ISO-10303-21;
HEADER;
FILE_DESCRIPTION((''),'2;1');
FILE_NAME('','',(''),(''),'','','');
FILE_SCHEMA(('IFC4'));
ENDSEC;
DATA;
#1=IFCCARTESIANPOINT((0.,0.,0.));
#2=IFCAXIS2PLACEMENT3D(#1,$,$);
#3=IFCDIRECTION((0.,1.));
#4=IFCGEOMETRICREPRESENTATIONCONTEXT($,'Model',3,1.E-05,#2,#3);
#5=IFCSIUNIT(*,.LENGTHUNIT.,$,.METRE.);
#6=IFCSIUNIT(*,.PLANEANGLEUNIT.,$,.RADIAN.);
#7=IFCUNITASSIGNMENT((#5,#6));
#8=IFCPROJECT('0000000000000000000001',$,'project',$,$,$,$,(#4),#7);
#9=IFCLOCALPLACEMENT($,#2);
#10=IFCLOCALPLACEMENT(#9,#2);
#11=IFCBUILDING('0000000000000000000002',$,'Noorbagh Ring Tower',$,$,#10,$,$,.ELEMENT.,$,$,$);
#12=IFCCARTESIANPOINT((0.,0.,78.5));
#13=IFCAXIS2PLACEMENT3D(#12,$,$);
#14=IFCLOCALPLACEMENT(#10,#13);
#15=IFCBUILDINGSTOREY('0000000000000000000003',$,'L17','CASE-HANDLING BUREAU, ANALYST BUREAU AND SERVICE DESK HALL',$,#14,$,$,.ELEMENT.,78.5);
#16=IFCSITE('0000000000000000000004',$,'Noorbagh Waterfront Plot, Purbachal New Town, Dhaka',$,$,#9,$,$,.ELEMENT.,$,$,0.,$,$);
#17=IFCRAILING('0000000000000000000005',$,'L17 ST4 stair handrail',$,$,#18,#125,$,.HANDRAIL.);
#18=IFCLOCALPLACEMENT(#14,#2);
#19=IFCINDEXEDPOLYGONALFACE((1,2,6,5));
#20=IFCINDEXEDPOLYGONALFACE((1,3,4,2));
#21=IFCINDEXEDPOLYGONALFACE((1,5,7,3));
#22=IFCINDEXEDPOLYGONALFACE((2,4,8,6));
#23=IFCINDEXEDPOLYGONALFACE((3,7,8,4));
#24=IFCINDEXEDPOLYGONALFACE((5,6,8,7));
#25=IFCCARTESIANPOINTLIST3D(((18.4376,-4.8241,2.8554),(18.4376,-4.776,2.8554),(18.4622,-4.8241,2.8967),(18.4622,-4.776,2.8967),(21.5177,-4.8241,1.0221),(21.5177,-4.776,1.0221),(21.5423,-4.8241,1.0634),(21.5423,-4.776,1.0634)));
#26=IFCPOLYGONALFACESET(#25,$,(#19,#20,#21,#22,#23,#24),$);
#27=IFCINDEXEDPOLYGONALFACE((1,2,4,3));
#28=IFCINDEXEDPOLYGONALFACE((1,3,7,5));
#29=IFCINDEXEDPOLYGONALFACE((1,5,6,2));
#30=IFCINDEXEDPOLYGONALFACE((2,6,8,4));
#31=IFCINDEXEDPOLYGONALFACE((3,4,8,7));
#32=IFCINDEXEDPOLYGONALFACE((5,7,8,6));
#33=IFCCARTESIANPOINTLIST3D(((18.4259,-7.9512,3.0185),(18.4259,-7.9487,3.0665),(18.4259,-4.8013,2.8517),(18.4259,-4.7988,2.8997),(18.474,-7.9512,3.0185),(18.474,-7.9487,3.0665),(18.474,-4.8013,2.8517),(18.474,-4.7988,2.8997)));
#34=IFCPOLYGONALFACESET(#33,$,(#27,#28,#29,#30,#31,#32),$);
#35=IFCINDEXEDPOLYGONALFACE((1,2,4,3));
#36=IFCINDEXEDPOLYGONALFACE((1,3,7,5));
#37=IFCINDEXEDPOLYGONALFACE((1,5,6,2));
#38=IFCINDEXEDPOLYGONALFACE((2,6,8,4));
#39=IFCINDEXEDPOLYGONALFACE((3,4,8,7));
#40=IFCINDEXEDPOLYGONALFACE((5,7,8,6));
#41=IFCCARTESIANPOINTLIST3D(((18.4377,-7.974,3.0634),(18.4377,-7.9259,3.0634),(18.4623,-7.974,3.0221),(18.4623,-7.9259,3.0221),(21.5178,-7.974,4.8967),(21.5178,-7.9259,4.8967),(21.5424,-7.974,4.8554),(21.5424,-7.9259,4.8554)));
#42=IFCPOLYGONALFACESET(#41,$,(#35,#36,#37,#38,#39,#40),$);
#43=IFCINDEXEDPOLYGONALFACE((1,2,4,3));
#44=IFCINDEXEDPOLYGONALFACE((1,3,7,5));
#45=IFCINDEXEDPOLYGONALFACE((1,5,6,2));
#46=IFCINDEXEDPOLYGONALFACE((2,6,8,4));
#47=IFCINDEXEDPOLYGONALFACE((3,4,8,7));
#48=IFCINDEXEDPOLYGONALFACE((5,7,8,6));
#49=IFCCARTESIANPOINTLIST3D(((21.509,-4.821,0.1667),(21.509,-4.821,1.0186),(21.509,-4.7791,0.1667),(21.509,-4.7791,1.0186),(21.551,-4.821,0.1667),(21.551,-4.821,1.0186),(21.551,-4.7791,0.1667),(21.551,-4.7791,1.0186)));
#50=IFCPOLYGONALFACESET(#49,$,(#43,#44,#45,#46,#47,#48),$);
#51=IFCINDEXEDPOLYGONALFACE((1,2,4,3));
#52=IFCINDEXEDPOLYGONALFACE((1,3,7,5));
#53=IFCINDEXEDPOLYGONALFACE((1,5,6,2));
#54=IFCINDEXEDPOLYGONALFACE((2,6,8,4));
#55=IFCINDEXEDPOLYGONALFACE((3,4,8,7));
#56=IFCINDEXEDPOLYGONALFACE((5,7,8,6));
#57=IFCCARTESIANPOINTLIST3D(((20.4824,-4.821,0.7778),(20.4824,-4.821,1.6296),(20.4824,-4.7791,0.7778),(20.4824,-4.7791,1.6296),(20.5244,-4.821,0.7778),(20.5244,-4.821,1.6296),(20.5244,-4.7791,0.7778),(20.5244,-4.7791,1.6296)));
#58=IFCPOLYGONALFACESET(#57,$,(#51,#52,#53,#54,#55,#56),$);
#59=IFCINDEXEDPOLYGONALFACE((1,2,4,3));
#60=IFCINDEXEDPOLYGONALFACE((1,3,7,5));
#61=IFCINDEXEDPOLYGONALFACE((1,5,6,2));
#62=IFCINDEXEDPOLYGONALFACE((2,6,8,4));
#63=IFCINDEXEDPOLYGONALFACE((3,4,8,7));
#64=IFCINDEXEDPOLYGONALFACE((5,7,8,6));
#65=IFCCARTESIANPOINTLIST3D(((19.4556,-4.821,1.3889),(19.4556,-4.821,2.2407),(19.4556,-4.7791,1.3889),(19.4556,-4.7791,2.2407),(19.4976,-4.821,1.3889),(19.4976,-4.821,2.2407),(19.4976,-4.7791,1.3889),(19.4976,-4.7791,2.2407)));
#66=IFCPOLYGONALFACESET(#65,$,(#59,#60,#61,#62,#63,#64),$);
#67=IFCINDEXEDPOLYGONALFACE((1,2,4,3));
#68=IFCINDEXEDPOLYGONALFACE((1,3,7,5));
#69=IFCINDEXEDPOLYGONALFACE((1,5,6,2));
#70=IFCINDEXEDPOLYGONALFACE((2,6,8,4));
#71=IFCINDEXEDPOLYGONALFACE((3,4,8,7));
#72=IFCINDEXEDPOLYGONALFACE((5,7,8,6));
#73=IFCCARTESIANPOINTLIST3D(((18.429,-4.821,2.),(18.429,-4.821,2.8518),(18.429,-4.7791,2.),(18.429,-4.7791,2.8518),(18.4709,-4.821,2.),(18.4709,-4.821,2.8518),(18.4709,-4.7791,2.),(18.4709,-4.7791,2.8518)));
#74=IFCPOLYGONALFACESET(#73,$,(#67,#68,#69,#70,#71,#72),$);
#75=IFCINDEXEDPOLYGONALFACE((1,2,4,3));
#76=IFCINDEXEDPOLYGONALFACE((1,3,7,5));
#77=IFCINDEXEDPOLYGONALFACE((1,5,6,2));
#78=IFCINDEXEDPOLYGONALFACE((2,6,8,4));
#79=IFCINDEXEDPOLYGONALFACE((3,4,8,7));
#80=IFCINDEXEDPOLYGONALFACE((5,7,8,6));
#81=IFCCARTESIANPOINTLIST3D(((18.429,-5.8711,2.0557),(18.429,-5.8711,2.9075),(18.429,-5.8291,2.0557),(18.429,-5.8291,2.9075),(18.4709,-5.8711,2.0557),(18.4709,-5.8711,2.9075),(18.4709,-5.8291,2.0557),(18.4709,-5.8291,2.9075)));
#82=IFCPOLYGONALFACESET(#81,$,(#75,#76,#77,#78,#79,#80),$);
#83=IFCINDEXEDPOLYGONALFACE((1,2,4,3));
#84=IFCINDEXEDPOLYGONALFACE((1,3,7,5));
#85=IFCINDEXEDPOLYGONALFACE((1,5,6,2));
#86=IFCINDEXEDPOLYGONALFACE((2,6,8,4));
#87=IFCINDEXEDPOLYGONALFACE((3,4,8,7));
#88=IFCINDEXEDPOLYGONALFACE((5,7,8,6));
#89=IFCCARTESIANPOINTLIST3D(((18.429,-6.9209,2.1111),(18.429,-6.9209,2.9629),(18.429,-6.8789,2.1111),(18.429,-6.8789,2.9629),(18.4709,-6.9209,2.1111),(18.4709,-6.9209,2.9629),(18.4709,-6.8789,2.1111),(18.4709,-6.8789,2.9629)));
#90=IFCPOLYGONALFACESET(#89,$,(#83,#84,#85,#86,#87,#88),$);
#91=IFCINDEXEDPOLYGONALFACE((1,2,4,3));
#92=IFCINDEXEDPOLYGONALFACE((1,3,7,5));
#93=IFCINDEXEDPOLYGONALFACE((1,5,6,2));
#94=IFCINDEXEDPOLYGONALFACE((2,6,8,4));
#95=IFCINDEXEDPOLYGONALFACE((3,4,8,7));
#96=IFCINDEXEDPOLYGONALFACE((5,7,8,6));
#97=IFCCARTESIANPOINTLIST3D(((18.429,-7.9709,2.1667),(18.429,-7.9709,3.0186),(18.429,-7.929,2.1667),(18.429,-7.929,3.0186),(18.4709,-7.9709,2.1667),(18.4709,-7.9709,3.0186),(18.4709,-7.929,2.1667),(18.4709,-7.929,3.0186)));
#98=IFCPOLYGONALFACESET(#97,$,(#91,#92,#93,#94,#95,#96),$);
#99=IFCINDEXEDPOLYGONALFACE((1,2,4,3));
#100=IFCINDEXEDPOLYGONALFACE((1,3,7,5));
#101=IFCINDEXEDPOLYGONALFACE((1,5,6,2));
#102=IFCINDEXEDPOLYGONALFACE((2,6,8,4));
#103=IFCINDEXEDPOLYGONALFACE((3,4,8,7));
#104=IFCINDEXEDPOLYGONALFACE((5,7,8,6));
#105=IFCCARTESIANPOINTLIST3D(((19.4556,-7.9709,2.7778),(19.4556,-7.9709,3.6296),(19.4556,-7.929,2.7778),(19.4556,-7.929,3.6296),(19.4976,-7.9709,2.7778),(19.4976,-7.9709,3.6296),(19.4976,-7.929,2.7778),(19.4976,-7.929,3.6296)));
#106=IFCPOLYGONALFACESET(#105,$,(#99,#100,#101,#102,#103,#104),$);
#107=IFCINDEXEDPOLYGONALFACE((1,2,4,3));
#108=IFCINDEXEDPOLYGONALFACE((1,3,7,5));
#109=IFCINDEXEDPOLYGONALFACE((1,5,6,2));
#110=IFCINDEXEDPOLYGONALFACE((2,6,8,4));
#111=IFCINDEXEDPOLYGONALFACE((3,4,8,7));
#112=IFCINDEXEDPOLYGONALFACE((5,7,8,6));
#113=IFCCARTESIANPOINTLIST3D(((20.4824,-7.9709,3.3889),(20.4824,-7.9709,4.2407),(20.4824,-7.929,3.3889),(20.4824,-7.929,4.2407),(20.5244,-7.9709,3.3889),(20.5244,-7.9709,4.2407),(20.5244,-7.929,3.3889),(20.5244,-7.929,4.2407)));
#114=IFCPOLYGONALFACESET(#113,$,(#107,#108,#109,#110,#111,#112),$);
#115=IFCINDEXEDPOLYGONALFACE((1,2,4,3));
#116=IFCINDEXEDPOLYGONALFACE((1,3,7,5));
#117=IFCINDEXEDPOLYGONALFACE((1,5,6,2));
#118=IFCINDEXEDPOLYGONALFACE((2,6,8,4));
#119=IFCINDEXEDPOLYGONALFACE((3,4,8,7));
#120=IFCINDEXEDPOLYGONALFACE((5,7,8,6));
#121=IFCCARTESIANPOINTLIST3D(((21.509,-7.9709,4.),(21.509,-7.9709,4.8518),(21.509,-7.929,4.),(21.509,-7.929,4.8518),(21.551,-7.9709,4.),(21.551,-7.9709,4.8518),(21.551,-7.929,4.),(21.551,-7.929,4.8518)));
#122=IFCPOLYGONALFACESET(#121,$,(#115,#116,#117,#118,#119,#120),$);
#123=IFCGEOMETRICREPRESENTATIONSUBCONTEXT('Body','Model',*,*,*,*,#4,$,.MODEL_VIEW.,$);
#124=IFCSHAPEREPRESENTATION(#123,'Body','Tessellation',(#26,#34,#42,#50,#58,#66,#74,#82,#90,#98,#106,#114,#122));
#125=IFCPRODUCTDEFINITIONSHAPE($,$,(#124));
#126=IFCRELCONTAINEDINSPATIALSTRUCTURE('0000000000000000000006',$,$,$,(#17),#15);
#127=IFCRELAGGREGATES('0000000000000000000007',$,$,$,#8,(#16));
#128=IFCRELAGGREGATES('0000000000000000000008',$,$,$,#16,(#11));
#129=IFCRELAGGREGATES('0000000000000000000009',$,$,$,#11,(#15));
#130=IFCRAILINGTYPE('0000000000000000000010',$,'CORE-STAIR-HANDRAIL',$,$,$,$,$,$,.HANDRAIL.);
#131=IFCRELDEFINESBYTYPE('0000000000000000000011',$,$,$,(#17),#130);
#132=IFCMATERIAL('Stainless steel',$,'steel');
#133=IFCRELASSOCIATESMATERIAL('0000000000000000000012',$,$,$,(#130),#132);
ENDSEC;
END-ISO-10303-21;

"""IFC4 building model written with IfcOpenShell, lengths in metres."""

from ifc_helpers import new_model, si_unit, direction, frame, origin, origin_2d, place, context, subcontext, project, spatial, rectangle, extrude, material, type_object, element, save


model = new_model("IFC4")

# Units and contexts
model_context = context("Model", 3, precision=1e-05, world=origin(), true_north=direction((0.0, 1.0)))
body_context = subcontext(model_context, "Body", "Model", "MODEL_VIEW")
ifc_project = project(units=[si_unit("LENGTHUNIT", "METRE"), si_unit("PLANEANGLEUNIT", "RADIAN")], contexts=[model_context])

# Site, building, storey
site_placement = place(None, origin())
site = spatial("IfcSite", under=ifc_project, at=site_placement, Name="Noorbagh Waterfront Plot, Purbachal New Town, Dhaka", CompositionType="ELEMENT", RefElevation=0.0)
building_placement = place(site_placement, origin())
building = spatial("IfcBuilding", under=site, at=building_placement, Name="Noorbagh Ring Tower", CompositionType="ELEMENT")
storey_placement = place(building_placement, frame((0.0, 0.0, 78.5)))
storey = spatial("IfcBuildingStorey", under=building, at=storey_placement, Name="L17", Description="CASE-HANDLING BUREAU, ANALYST BUREAU AND SERVICE DESK HALL", CompositionType="ELEMENT", Elevation=78.5)

# Railing
ifc_material_1 = material(Name="Stainless steel", Category="steel")
railing_type_1 = type_object("IfcRailingType", Name="CORE-STAIR-HANDRAIL", PredefinedType="HANDRAIL", material=ifc_material_1)
railing_1_placement = place(storey_placement, frame((21.53, -4.8, 0.1667)))
element("IfcRailing", 1, at=railing_1_placement, inside=storey, type_object=railing_type_1, Name="L17 ST4 stair handrail", PredefinedType="HANDRAIL", context=body_context, shape_type="SweptSolid", body=[
    extrude(rectangle(XDim=0.0481, YDim=0.0481, at=origin_2d()), frame((0.0, 0.0, 0.876), z_axis=(-0.859309, 0.0, 0.511458), x_axis=(0.0, -1.0, 0.0)), (0.0, 0.0, 1.0), 3.5845),
    extrude(rectangle(XDim=0.0481, YDim=0.0481, at=origin_2d()), frame((-3.0801, 0.0, 2.709), z_axis=(0.0, -0.998602, 0.052864), x_axis=(1.0, 0.0, 0.0)), (0.0, 0.0, 1.0), 3.1543),
    extrude(rectangle(XDim=0.0481, YDim=0.0481, at=origin_2d()), frame((-3.0801, -3.1499, 2.876), z_axis=(0.859309, 0.0, 0.511458), x_axis=(0.0, 1.0, 0.0)), (0.0, 0.0, 1.0), 3.5845),
    extrude(rectangle(XDim=0.042, YDim=0.042, at=origin_2d()), origin(), (0.0, 0.0, 1.0), 0.8518),
    extrude(rectangle(XDim=0.042, YDim=0.042, at=origin_2d()), frame((-1.0266, 0.0, 0.6111)), (0.0, 0.0, 1.0), 0.8518),
    extrude(rectangle(XDim=0.042, YDim=0.042, at=origin_2d()), frame((-2.0535, 0.0, 1.2222)), (0.0, 0.0, 1.0), 0.8518),
    extrude(rectangle(XDim=0.042, YDim=0.042, at=origin_2d()), frame((-3.0801, 0.0, 1.8333)), (0.0, 0.0, 1.0), 0.8518),
    extrude(rectangle(XDim=0.042, YDim=0.042, at=origin_2d()), frame((-3.0801, -1.05, 1.8889)), (0.0, 0.0, 1.0), 0.8518),
    extrude(rectangle(XDim=0.042, YDim=0.042, at=origin_2d()), frame((-3.0801, -2.0999, 1.9443)), (0.0, 0.0, 1.0), 0.8518),
    extrude(rectangle(XDim=0.042, YDim=0.042, at=origin_2d()), frame((-3.0801, -3.1499, 2.0)), (0.0, 0.0, 1.0), 0.8518),
    extrude(rectangle(XDim=0.042, YDim=0.042, at=origin_2d()), frame((-2.0535, -3.1499, 2.6111)), (0.0, 0.0, 1.0), 0.8518),
    extrude(rectangle(XDim=0.042, YDim=0.042, at=origin_2d()), frame((-1.0266, -3.1499, 3.2222)), (0.0, 0.0, 1.0), 0.8518),
    extrude(rectangle(XDim=0.042, YDim=0.042, at=origin_2d()), frame((0.0, -3.1499, 3.8333)), (0.0, 0.0, 1.0), 0.8518),
])

save(model, "model.ifc")
